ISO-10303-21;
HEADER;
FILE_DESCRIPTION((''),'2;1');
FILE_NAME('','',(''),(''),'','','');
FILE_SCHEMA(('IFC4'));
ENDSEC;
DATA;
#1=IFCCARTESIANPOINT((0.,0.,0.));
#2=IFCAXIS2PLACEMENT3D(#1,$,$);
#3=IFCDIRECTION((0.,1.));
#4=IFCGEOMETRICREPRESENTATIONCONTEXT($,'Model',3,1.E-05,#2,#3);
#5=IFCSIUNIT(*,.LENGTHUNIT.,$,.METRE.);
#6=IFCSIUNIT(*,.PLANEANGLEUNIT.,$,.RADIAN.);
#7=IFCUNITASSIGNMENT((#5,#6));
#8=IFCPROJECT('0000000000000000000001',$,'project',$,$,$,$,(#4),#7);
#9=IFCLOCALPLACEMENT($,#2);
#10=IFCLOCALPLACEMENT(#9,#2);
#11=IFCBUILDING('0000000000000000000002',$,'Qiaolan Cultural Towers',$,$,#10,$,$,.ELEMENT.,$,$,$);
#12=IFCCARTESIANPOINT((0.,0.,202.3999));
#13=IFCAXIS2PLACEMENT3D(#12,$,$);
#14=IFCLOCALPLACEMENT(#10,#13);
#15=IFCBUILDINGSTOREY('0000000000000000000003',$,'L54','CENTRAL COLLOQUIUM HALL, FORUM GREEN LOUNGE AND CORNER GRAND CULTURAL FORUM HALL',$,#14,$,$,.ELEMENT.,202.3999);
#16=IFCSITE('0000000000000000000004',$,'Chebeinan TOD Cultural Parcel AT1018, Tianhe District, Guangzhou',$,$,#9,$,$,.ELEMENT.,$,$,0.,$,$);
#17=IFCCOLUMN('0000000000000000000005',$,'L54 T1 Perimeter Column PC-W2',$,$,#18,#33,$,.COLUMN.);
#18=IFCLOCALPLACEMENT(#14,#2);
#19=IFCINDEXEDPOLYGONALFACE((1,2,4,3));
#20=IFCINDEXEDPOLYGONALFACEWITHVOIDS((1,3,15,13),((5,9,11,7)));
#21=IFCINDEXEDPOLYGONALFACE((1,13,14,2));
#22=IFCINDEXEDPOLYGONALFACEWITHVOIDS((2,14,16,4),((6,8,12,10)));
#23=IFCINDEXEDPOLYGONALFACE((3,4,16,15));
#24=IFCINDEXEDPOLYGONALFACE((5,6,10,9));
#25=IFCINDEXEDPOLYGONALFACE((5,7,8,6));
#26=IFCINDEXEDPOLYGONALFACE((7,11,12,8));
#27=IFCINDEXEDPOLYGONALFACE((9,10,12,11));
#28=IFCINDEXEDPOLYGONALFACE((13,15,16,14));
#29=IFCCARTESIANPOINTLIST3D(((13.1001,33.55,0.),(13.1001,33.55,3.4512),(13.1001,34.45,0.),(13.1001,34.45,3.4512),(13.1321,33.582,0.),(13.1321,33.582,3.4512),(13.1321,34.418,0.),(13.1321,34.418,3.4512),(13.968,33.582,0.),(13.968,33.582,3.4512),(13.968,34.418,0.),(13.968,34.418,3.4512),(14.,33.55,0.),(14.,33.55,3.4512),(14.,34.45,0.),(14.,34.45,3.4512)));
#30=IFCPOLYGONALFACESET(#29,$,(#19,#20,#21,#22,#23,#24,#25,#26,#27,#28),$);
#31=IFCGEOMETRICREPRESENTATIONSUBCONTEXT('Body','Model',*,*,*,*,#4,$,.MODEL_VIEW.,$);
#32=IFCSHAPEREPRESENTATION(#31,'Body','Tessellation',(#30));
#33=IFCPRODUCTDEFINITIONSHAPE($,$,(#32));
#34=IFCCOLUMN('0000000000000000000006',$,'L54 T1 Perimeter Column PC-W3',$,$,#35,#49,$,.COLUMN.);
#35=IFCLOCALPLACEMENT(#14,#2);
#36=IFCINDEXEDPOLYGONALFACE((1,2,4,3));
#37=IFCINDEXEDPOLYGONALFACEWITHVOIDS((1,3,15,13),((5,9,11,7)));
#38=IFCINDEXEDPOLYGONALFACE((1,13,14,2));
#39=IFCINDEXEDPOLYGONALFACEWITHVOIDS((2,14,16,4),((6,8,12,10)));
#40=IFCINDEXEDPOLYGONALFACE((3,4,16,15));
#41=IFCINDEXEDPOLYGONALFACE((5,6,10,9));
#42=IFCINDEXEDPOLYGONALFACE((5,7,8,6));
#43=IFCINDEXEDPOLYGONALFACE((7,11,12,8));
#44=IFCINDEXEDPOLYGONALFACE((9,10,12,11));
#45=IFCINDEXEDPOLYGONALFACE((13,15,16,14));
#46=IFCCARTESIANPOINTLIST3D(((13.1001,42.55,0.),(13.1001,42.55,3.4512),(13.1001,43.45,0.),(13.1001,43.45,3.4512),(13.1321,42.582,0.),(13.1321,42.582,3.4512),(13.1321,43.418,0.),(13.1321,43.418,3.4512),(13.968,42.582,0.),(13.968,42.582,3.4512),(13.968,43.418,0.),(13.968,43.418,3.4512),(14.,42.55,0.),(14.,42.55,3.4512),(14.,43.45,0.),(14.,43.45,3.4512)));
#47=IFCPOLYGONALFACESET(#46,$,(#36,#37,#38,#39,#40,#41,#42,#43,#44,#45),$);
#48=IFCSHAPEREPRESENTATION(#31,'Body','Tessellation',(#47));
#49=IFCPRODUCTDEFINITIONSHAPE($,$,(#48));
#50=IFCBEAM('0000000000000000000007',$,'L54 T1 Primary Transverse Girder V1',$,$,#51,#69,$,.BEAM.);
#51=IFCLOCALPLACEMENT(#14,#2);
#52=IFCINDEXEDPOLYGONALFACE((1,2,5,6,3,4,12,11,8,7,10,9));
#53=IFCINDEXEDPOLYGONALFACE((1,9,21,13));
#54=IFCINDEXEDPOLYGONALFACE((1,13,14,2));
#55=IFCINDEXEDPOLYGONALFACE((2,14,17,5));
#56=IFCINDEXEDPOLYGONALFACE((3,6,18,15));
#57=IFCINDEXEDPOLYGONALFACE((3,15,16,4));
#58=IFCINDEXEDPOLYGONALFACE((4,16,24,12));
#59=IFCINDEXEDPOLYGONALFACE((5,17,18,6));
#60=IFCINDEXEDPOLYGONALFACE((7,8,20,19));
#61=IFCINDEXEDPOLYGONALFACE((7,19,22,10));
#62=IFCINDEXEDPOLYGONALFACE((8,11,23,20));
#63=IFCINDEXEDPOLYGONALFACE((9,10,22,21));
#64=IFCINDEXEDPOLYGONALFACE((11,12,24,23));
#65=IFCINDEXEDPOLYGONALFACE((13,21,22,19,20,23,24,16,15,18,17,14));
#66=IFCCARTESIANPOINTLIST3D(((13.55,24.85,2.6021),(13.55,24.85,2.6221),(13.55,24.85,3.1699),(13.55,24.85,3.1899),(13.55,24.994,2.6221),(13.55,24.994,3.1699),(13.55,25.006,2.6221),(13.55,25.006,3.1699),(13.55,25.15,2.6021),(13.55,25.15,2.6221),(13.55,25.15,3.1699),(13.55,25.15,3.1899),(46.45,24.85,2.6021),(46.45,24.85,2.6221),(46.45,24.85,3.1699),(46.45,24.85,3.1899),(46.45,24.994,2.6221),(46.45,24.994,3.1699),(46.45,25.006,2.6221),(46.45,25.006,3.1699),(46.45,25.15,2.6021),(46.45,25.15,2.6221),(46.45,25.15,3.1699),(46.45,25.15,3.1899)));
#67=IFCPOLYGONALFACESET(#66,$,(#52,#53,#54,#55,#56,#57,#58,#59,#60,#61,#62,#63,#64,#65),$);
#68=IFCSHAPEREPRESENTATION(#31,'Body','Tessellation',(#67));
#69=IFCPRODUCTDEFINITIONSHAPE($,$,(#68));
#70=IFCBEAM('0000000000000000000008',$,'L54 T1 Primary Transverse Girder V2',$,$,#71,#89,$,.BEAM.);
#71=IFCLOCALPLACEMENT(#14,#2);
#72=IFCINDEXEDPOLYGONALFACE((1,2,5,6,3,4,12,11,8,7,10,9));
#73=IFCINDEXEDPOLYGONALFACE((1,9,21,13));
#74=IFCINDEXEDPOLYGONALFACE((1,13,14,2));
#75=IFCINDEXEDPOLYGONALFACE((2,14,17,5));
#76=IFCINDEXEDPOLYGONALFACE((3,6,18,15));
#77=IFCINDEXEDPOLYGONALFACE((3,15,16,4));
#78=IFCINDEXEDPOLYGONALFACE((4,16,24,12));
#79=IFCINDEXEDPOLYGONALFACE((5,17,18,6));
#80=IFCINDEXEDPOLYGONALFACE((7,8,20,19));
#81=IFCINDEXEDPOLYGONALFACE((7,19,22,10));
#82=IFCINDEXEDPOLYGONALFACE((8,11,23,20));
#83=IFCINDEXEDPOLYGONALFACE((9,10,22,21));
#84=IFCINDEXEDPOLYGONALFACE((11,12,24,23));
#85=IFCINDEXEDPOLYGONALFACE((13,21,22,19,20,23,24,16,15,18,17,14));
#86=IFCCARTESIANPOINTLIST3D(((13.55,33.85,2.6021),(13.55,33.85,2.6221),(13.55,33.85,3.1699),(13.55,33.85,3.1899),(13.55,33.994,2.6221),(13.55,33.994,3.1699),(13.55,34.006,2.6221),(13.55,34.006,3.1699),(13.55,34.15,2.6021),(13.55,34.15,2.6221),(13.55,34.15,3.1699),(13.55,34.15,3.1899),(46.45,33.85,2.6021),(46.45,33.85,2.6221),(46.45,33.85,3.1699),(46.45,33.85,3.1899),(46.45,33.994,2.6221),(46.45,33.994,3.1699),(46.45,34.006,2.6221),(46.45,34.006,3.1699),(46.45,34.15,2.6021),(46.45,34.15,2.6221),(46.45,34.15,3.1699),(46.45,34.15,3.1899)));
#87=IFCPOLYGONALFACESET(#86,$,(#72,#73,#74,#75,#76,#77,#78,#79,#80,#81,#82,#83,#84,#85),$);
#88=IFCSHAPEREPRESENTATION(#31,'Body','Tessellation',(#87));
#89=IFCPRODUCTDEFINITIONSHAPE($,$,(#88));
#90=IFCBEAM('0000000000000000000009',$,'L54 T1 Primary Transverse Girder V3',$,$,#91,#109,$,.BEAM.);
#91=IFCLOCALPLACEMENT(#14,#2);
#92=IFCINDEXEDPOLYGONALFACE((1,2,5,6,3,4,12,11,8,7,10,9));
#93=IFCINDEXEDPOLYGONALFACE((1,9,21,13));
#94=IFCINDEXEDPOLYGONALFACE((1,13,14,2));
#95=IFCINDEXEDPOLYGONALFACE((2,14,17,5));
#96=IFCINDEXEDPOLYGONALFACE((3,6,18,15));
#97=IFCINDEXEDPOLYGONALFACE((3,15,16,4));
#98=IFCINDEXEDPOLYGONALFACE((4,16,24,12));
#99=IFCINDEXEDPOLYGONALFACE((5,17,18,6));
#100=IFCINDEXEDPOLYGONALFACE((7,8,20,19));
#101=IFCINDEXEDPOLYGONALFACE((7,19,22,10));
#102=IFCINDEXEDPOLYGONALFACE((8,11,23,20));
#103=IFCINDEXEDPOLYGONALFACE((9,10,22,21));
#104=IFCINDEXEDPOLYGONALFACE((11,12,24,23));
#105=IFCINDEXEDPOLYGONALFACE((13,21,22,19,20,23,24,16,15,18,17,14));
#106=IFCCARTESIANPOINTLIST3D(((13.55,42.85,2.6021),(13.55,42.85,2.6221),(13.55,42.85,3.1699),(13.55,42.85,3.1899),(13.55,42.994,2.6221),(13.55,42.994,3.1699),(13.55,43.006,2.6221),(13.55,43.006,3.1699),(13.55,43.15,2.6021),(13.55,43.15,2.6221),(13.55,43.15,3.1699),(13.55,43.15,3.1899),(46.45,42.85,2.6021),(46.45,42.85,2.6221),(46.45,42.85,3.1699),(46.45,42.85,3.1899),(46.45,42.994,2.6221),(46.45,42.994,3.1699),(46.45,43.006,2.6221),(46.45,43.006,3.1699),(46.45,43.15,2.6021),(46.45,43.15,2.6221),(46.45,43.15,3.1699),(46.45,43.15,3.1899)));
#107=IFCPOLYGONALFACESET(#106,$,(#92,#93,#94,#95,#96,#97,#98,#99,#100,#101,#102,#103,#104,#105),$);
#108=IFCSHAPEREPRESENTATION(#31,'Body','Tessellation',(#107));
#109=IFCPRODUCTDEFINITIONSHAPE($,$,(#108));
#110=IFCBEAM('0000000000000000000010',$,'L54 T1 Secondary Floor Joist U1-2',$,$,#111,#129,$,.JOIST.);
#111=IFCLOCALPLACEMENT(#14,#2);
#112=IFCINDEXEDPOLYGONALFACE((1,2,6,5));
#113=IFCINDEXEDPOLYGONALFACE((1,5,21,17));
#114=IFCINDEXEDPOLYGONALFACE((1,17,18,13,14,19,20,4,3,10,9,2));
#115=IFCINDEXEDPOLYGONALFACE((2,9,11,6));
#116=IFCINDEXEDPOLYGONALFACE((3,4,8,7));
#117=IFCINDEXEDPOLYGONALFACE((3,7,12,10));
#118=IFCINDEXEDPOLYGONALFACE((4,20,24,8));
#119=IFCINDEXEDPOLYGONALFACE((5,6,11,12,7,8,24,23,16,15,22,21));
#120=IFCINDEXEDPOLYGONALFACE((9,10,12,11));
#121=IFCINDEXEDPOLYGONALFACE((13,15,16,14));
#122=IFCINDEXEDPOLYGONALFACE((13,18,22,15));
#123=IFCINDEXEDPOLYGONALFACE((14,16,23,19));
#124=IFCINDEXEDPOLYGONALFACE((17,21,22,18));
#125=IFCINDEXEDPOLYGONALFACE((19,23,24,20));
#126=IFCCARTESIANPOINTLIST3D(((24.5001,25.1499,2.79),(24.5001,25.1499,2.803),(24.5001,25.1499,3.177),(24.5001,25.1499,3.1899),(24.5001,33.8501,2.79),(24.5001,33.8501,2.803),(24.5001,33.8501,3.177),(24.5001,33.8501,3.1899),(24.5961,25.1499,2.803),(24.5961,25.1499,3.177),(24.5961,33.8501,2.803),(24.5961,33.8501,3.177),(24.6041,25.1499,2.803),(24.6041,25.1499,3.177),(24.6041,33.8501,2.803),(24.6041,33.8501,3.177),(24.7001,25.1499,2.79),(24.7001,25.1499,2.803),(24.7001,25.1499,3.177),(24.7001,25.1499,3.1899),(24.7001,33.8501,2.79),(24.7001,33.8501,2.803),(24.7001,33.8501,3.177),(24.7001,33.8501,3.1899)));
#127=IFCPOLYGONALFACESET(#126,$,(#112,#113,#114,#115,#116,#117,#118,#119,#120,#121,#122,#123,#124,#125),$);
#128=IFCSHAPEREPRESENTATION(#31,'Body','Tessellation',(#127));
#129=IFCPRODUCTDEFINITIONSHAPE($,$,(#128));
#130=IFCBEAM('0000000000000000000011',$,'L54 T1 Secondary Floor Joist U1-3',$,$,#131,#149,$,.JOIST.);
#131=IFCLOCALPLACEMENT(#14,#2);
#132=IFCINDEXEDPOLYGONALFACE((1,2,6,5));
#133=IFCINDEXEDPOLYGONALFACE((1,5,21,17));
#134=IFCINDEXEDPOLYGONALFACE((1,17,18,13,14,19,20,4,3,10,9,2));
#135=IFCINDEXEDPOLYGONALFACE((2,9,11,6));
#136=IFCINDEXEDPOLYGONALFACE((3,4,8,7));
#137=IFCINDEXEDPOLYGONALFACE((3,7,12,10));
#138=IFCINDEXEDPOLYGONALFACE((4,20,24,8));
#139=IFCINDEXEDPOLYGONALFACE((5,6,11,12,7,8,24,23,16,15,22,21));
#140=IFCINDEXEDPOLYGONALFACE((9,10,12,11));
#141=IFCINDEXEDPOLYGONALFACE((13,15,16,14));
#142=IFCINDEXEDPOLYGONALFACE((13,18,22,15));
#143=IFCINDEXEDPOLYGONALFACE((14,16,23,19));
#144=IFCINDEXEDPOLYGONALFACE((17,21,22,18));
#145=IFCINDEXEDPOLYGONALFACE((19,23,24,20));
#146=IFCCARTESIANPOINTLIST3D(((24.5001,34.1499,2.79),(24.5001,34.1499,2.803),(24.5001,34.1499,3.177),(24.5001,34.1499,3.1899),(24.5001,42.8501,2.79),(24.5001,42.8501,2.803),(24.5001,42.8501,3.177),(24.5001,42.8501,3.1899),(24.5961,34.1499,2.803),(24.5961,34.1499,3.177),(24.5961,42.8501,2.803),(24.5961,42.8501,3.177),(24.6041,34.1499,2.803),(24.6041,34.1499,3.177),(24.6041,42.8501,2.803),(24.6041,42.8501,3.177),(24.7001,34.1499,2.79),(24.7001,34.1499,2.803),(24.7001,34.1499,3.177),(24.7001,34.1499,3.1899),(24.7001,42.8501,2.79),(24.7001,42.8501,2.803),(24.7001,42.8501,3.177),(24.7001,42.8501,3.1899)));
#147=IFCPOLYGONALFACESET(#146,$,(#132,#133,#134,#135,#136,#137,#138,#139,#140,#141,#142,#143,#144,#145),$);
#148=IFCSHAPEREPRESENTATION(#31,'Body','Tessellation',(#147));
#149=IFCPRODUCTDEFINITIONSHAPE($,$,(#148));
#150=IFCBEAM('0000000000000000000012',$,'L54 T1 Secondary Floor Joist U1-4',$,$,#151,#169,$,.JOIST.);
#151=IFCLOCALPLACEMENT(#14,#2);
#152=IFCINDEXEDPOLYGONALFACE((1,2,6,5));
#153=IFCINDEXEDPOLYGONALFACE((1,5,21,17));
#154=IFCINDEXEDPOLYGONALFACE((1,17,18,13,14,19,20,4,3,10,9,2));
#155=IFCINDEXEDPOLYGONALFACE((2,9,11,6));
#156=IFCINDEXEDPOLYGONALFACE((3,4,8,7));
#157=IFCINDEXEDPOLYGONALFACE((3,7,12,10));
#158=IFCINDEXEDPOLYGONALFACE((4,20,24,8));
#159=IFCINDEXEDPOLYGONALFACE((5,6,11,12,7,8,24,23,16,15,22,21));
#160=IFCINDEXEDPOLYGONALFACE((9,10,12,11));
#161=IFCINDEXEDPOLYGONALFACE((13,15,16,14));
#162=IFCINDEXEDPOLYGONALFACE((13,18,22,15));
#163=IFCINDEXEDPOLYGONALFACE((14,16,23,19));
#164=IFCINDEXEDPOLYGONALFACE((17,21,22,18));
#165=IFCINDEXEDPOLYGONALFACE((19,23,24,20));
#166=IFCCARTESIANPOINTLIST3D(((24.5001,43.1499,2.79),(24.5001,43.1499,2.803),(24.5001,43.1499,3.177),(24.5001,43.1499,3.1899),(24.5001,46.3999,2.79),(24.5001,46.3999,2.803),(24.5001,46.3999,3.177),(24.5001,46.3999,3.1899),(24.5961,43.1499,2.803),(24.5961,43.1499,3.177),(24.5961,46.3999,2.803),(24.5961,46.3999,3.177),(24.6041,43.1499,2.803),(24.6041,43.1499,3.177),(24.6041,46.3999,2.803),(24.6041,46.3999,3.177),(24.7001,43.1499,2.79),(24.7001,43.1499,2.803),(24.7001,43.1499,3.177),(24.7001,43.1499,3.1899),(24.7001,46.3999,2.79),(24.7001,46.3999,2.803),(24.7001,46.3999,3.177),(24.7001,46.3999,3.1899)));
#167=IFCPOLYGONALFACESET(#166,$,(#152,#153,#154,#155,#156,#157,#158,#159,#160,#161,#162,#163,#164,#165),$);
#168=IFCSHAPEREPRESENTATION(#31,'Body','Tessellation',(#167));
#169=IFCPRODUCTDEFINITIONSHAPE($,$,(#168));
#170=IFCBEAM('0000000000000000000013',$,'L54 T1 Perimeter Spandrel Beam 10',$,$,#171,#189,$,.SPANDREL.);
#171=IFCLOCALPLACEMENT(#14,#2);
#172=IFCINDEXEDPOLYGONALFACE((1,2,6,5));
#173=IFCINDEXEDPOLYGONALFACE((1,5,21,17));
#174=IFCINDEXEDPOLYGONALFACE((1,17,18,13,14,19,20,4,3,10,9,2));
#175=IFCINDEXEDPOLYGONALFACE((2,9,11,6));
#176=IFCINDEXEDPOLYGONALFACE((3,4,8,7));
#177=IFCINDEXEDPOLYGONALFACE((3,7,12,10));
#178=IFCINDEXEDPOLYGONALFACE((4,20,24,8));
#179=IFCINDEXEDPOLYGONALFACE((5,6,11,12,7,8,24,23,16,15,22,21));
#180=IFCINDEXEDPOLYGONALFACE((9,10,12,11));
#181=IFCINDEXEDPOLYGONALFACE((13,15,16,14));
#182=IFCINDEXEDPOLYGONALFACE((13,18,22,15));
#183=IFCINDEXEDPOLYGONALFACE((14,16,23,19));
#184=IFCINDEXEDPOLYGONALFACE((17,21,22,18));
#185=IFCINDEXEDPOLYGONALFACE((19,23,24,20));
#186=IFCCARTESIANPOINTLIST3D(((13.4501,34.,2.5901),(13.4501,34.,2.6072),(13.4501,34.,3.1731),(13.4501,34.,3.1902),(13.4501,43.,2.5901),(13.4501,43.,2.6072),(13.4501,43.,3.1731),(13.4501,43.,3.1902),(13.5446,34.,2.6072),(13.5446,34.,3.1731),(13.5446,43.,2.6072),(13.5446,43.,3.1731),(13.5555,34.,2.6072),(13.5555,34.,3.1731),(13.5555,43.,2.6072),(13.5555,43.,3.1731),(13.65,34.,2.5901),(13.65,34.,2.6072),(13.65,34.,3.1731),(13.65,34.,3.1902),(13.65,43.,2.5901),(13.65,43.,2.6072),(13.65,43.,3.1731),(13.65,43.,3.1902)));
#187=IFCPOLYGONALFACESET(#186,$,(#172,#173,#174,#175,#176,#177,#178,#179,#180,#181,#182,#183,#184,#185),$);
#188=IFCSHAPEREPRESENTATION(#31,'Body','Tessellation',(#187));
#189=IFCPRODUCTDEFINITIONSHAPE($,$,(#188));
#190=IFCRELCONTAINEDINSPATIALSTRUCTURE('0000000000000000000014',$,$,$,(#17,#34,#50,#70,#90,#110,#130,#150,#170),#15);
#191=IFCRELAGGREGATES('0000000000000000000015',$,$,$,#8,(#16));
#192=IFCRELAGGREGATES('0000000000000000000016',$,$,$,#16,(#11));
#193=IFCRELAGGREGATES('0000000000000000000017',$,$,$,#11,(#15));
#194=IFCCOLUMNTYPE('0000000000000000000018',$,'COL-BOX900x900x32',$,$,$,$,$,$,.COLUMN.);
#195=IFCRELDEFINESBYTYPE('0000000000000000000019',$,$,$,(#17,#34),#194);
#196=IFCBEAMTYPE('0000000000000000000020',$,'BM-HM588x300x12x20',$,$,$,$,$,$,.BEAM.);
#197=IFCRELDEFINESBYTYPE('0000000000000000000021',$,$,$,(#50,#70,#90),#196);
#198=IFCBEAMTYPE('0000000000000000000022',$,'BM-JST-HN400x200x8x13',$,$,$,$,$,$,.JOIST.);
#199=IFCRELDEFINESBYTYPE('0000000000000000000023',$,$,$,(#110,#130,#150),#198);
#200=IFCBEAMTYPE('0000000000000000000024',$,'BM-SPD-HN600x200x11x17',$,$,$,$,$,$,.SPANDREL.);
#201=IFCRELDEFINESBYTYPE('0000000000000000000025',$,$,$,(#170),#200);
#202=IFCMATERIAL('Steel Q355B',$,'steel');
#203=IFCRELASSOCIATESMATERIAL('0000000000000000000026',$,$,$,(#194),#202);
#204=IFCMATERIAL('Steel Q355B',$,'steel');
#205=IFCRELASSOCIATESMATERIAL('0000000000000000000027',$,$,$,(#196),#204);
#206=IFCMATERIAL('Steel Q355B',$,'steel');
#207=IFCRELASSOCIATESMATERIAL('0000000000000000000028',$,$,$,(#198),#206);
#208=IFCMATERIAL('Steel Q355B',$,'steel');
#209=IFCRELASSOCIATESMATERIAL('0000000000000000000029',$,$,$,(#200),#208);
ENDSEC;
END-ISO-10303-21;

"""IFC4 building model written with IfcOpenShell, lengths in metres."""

from ifc_helpers import new_model, si_unit, direction, frame, origin, origin_2d, place, context, subcontext, project, spatial, hollow_rectangle, i_section, extrude, material, material_profile, profile_set, type_object, element, save


model = new_model("IFC4")

# Units and contexts
model_context = context("Model", 3, precision=1e-05, world=origin(), true_north=direction((0.0, 1.0)))
body_context = subcontext(model_context, "Body", "Model", "MODEL_VIEW")
ifc_project = project(units=[si_unit("LENGTHUNIT", "METRE"), si_unit("PLANEANGLEUNIT", "RADIAN")], contexts=[model_context])

# Site, building, storey
site_placement = place(None, origin())
site = spatial("IfcSite", under=ifc_project, at=site_placement, Name="Chebeinan TOD Cultural Parcel AT1018, Tianhe District, Guangzhou", CompositionType="ELEMENT", RefElevation=0.0)
building_placement = place(site_placement, origin())
building = spatial("IfcBuilding", under=site, at=building_placement, Name="Qiaolan Cultural Towers", CompositionType="ELEMENT")
storey_placement = place(building_placement, frame((0.0, 0.0, 202.3999)))
storey = spatial("IfcBuildingStorey", under=building, at=storey_placement, Name="L54", Description="CENTRAL COLLOQUIUM HALL, FORUM GREEN LOUNGE AND CORNER GRAND CULTURAL FORUM HALL", CompositionType="ELEMENT", Elevation=202.3999)

# Columns
ifc_material_1 = material(Name="Steel Q355B", Category="steel")
ifc_material_profile_1 = material_profile(ifc_material_1, hollow_rectangle(XDim=0.8999, YDim=0.8999, WallThickness=0.032, at=origin_2d()), Name="BOX900x900x32")
ifc_profile_set_1 = profile_set([ifc_material_profile_1], Name="Steel Q355B")
column_type = type_object("IfcColumnType", Name="COL-BOX900x900x32", PredefinedType="COLUMN", material=ifc_profile_set_1)
for number, where, z_axis, x_axis, name in (
    (1, (13.55, 34.0, 0.0), (0.0, 0.0, 1.0), (1.0, 0.0, 0.0), "L54 T1 Perimeter Column PC-W2"),
    (2, (13.55, 43.0, 0.0), (0.0, 0.0, 1.0), (1.0, 0.0, 0.0), "L54 T1 Perimeter Column PC-W3"),
):
    element("IfcColumn", number, at=place(storey_placement, frame(where, z_axis=z_axis, x_axis=x_axis)), inside=storey, type_object=column_type, Name=name, PredefinedType="COLUMN", context=body_context, shape_type="SweptSolid", body=[
        extrude(hollow_rectangle(XDim=0.8999, YDim=0.8999, WallThickness=0.032, at=origin_2d()), origin(), (0.0, 0.0, 1.0), 3.4512),
    ])

# Beams
ifc_material_2 = material(Name="Steel Q355B", Category="steel")
ifc_material_profile_2 = material_profile(ifc_material_2, i_section(OverallWidth=0.3, OverallDepth=0.5879, WebThickness=0.012, FlangeThickness=0.02, at=origin_2d()), Name="HM588x300x12x20")
ifc_profile_set_2 = profile_set([ifc_material_profile_2], Name="Steel Q355B")
beam_type_1 = type_object("IfcBeamType", Name="BM-HM588x300x12x20", PredefinedType="BEAM", material=ifc_profile_set_2)
for number, where, z_axis, x_axis, name in (
    (3, (13.55, 25.0, 2.896), (1.0, 0.0, 0.0), (0.0, 1.0, 0.0), "L54 T1 Primary Transverse Girder V1"),
    (4, (13.55, 34.0, 2.896), (1.0, 0.0, 0.0), (0.0, 1.0, 0.0), "L54 T1 Primary Transverse Girder V2"),
    (5, (13.55, 43.0, 2.896), (1.0, 0.0, 0.0), (0.0, 1.0, 0.0), "L54 T1 Primary Transverse Girder V3"),
):
    element("IfcBeam", number, at=place(storey_placement, frame(where, z_axis=z_axis, x_axis=x_axis)), inside=storey, type_object=beam_type_1, Name=name, PredefinedType="BEAM", context=body_context, shape_type="SweptSolid", body=[
        extrude(i_section(OverallWidth=0.3, OverallDepth=0.5879, WebThickness=0.012, FlangeThickness=0.02, at=origin_2d()), origin(), (0.0, 0.0, 1.0), 32.8999),
    ])
ifc_material_3 = material(Name="Steel Q355B", Category="steel")
ifc_material_profile_3 = material_profile(ifc_material_3, i_section(OverallWidth=0.2, OverallDepth=0.3999, WebThickness=0.0081, FlangeThickness=0.0129, at=origin_2d()), Name="HN400x200x8x13")
ifc_profile_set_3 = profile_set([ifc_material_profile_3], Name="Steel Q355B")
beam_type_2 = type_object("IfcBeamType", Name="BM-JST-HN400x200x8x13", PredefinedType="JOIST", material=ifc_profile_set_3)
for number, where, z_axis, x_axis, name in (
    (6, (24.6001, 25.1499, 2.99), (0.0, 1.0, 0.0), (-1.0, 0.0, 0.0), "L54 T1 Secondary Floor Joist U1-2"),
    (7, (24.6001, 34.1499, 2.99), (0.0, 1.0, 0.0), (-1.0, 0.0, 0.0), "L54 T1 Secondary Floor Joist U1-3"),
):
    element("IfcBeam", number, at=place(storey_placement, frame(where, z_axis=z_axis, x_axis=x_axis)), inside=storey, type_object=beam_type_2, Name=name, PredefinedType="JOIST", context=body_context, shape_type="SweptSolid", body=[
        extrude(i_section(OverallWidth=0.2, OverallDepth=0.3999, WebThickness=0.0081, FlangeThickness=0.0129, at=origin_2d()), origin(), (0.0, 0.0, 1.0), 8.7002),
    ])
beam_1_placement = place(storey_placement, frame((24.6001, 43.1499, 2.99), z_axis=(0.0, 1.0, 0.0), x_axis=(-1.0, 0.0, 0.0)))
element("IfcBeam", 8, at=beam_1_placement, inside=storey, type_object=beam_type_2, Name="L54 T1 Secondary Floor Joist U1-4", PredefinedType="JOIST", context=body_context, shape_type="SweptSolid", body=[
    extrude(i_section(OverallWidth=0.2, OverallDepth=0.3999, WebThickness=0.0081, FlangeThickness=0.0129, at=origin_2d()), origin(), (0.0, 0.0, 1.0), 3.25),
])
ifc_material_4 = material(Name="Steel Q355B", Category="steel")
ifc_material_profile_4 = material_profile(ifc_material_4, i_section(OverallWidth=0.2, OverallDepth=0.6001, WebThickness=0.011, FlangeThickness=0.0171, at=origin_2d()), Name="HN600x200x11x17")
ifc_profile_set_4 = profile_set([ifc_material_profile_4], Name="Steel Q355B")
beam_type_3 = type_object("IfcBeamType", Name="BM-SPD-HN600x200x11x17", PredefinedType="SPANDREL", material=ifc_profile_set_4)
for number, where, z_axis, x_axis, name in (
    (9, (13.55, 43.0, 2.8901), (0.0, -1.0, 0.0), (1.0, 0.0, 0.0), "L54 T1 Perimeter Spandrel Beam 10"),
):
    element("IfcBeam", number, at=place(storey_placement, frame(where, z_axis=z_axis, x_axis=x_axis)), inside=storey, type_object=beam_type_3, Name=name, PredefinedType="SPANDREL", context=body_context, shape_type="SweptSolid", body=[
        extrude(i_section(OverallWidth=0.2, OverallDepth=0.6001, WebThickness=0.011, FlangeThickness=0.0171, at=origin_2d()), origin(), (0.0, 0.0, 1.0), 9.0),
    ])

save(model, "model.ifc")
